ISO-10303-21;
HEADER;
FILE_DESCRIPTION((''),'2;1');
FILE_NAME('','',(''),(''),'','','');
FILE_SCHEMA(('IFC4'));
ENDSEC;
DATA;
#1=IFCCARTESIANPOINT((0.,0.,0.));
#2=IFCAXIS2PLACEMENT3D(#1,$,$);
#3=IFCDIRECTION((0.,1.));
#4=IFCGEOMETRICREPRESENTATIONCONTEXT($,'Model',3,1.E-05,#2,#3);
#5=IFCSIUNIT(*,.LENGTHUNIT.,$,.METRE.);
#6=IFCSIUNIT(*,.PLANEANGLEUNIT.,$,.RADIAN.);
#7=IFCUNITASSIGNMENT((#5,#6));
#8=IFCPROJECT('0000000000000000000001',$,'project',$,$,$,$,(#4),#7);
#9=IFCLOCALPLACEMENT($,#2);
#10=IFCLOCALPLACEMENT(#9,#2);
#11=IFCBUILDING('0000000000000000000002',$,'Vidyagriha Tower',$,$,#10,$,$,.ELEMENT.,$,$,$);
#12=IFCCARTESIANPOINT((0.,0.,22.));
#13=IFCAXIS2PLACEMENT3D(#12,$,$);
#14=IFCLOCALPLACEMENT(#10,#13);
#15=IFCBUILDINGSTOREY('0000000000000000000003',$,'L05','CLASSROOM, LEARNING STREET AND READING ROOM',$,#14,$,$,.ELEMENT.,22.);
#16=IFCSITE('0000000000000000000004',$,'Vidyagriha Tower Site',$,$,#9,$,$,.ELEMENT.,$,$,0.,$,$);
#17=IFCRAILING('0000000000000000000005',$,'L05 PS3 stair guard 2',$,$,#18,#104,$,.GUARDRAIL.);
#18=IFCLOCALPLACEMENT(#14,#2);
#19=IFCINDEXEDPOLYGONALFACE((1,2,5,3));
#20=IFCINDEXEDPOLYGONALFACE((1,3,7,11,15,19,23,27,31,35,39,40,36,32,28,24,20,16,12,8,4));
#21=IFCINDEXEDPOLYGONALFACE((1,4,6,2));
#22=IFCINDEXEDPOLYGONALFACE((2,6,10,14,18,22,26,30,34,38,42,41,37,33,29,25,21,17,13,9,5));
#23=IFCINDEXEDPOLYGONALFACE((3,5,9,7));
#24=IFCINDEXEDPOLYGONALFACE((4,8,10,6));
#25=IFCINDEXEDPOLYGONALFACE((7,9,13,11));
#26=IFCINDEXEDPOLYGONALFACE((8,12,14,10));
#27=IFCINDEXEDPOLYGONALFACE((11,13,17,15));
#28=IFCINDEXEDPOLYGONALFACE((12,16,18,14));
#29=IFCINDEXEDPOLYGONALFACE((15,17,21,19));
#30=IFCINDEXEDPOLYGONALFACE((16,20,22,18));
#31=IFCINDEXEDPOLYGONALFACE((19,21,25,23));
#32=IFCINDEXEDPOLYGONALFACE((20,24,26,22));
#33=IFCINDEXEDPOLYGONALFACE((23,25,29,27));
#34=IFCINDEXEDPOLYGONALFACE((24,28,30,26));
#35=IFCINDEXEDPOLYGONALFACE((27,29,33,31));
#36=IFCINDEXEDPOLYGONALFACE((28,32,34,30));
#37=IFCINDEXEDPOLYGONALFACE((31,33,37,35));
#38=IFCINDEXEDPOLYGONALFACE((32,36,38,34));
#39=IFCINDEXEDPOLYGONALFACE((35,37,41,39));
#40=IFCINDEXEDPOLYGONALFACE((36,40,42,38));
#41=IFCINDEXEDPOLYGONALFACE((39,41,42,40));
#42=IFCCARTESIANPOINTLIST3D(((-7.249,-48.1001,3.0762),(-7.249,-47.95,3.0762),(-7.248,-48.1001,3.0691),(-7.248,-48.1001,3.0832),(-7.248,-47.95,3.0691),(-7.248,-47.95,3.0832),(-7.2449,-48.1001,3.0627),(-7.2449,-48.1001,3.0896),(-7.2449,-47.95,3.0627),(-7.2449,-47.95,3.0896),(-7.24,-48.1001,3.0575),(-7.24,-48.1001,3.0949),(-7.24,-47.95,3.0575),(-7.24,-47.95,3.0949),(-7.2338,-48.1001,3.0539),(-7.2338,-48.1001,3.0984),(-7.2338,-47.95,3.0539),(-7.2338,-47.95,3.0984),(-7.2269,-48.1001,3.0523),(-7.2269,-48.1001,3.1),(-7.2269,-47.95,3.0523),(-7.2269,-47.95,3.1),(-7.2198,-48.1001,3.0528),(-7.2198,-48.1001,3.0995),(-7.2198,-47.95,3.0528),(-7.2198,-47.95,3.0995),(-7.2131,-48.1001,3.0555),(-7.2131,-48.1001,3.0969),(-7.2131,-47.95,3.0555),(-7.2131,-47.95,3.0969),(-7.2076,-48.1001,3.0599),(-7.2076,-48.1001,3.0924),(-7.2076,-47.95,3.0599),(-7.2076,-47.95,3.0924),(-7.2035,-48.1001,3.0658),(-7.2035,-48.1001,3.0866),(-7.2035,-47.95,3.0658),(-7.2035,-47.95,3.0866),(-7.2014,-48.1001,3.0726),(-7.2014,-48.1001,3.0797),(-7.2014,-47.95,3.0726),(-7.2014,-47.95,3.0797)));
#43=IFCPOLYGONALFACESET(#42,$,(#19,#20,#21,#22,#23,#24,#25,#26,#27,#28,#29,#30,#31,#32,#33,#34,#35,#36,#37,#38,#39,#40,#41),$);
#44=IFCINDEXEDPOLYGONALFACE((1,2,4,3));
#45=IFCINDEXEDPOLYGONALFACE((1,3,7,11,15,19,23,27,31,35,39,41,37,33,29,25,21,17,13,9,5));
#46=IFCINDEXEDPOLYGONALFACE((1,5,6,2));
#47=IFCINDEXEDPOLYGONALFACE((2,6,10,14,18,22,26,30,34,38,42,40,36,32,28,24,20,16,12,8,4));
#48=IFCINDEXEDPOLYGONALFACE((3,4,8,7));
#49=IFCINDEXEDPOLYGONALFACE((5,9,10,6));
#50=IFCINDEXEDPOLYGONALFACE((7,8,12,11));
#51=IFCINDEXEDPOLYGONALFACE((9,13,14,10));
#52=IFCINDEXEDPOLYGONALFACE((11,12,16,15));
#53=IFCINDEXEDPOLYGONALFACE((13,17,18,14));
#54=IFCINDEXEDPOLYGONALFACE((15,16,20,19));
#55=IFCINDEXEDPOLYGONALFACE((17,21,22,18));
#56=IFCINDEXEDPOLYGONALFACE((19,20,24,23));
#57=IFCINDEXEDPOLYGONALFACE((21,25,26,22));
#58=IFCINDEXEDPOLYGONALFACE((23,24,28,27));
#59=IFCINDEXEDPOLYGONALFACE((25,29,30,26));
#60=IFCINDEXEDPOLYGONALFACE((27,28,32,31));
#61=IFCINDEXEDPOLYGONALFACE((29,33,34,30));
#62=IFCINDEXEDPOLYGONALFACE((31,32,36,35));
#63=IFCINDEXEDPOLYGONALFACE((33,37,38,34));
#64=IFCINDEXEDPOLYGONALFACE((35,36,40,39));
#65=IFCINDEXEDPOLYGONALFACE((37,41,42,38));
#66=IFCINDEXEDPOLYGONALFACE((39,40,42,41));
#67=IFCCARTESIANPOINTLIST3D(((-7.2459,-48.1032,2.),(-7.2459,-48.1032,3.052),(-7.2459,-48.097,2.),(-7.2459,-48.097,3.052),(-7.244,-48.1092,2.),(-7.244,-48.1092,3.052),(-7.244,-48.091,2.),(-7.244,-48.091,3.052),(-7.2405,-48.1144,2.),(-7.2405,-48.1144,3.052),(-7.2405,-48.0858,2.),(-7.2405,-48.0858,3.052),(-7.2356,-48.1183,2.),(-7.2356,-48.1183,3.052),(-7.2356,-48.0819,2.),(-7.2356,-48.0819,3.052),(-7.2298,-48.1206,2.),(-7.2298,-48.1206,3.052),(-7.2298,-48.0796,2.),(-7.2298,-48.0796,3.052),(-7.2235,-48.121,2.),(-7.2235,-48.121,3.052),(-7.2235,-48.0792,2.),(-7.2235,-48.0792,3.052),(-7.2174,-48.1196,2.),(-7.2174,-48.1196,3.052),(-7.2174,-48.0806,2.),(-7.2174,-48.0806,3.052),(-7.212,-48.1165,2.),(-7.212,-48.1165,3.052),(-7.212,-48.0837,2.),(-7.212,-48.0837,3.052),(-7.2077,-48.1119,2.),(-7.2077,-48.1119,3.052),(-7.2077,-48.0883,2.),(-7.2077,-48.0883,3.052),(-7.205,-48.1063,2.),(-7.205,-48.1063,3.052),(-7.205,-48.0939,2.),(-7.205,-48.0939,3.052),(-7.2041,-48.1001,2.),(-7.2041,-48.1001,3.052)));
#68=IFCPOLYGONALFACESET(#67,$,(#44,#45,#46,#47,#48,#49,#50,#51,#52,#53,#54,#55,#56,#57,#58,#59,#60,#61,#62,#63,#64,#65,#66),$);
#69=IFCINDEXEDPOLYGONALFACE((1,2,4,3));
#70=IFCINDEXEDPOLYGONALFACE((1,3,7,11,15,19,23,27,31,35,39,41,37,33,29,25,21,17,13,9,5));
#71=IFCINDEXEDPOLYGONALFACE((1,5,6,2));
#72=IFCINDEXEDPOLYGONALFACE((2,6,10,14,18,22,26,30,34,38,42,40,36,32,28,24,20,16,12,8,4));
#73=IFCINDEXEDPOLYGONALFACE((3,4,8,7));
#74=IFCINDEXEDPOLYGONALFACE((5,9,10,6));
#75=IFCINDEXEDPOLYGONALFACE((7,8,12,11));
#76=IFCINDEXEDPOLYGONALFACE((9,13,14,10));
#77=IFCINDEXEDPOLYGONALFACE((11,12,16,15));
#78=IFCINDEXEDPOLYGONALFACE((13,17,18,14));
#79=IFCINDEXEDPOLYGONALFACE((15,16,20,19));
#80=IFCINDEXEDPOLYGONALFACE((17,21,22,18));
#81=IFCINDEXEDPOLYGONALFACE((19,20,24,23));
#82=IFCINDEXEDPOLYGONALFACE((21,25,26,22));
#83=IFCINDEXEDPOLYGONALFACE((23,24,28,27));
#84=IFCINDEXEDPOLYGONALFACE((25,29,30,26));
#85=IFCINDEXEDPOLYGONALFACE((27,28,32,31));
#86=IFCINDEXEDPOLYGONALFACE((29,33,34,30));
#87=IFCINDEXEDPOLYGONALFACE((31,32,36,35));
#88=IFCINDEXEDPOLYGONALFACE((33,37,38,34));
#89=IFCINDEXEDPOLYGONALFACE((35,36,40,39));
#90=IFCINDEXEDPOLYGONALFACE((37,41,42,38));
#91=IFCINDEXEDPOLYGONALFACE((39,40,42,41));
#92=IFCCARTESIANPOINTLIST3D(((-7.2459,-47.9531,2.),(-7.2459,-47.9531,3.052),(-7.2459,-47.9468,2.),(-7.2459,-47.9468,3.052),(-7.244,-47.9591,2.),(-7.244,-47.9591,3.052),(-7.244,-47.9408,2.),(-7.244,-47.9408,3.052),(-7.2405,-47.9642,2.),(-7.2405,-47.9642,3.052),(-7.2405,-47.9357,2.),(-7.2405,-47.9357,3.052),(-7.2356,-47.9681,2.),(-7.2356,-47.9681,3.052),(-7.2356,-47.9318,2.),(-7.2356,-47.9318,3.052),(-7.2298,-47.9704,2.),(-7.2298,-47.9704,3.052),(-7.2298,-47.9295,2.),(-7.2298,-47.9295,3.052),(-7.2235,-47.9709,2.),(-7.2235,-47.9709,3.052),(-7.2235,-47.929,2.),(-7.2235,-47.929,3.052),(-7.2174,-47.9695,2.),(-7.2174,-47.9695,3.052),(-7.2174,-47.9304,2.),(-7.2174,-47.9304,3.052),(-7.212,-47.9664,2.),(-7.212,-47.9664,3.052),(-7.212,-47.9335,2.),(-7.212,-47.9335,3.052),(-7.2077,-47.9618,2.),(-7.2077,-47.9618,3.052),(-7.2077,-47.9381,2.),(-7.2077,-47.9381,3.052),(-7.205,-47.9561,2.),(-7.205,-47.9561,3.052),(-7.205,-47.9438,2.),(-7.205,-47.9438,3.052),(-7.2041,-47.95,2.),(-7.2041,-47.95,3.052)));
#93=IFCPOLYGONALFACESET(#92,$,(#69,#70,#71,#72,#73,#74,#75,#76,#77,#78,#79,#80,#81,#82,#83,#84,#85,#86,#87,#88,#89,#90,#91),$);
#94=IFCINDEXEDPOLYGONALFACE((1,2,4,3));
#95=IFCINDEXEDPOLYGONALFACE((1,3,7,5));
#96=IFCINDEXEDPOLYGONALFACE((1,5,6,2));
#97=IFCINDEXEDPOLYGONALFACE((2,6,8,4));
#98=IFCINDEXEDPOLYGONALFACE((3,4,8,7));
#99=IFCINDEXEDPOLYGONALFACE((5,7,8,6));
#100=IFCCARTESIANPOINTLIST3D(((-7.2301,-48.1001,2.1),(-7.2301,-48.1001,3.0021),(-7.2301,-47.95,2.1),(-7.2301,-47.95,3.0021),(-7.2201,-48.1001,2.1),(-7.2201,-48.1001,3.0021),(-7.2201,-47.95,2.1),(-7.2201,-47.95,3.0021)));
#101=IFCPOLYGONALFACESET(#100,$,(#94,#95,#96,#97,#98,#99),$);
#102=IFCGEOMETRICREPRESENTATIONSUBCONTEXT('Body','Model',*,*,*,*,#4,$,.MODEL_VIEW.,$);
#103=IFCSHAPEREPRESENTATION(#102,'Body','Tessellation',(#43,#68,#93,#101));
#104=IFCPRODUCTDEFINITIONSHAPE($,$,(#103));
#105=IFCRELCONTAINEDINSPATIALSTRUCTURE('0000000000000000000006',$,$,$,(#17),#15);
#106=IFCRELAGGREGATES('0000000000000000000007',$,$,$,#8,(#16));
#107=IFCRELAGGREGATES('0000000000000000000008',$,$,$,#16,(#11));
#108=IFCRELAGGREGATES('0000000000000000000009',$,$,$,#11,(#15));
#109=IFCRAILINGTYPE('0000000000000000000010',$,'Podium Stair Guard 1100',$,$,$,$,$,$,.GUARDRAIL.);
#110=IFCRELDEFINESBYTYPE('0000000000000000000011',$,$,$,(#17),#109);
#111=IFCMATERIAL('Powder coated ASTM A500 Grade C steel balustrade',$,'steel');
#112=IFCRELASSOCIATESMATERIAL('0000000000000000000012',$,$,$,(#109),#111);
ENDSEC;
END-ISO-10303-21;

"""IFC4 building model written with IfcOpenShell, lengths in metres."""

from ifc_helpers import new_model, si_unit, direction, frame, origin, origin_2d, place, context, subcontext, project, spatial, rectangle, circle, extrude, material, type_object, element, save


model = new_model("IFC4")

# Units and contexts
model_context = context("Model", 3, precision=1e-05, world=origin(), true_north=direction((0.0, 1.0)))
body_context = subcontext(model_context, "Body", "Model", "MODEL_VIEW")
ifc_project = project(units=[si_unit("LENGTHUNIT", "METRE"), si_unit("PLANEANGLEUNIT", "RADIAN")], contexts=[model_context])

# Site, building, storey
site_placement = place(None, origin())
site = spatial("IfcSite", under=ifc_project, at=site_placement, Name="Vidyagriha Tower Site", CompositionType="ELEMENT", RefElevation=0.0)
building_placement = place(site_placement, origin())
building = spatial("IfcBuilding", under=site, at=building_placement, Name="Vidyagriha Tower", CompositionType="ELEMENT")
storey_placement = place(building_placement, frame((0.0, 0.0, 22.0)))
storey = spatial("IfcBuildingStorey", under=building, at=storey_placement, Name="L05", Description="CLASSROOM, LEARNING STREET AND READING ROOM", CompositionType="ELEMENT", Elevation=22.0)

# Railing
ifc_material_1 = material(Name="Powder coated ASTM A500 Grade C steel balustrade", Category="steel")
railing_type_1 = type_object("IfcRailingType", Name="Podium Stair Guard 1100", PredefinedType="GUARDRAIL", material=ifc_material_1)
railing_1_placement = place(storey_placement, frame((-7.2251, -48.1001, 2.0)))
element("IfcRailing", 1, at=railing_1_placement, inside=storey, type_object=railing_type_1, Name="L05 PS3 stair guard 2", PredefinedType="GUARDRAIL", context=body_context, shape_type="SweptSolid", body=[
    extrude(circle(Radius=0.0239, at=origin_2d()), frame((0.0, 0.0, 1.0762), z_axis=(0.0, 1.0, 0.0), x_axis=(-1.0, 0.0, 0.0)), (0.0, 0.0, 1.0), 0.1501),
    extrude(circle(Radius=0.021, at=origin_2d()), origin(), (0.0, 0.0, 1.0), 1.052),
    extrude(circle(Radius=0.021, at=origin_2d()), frame((0.0, 0.1501, 0.0)), (0.0, 0.0, 1.0), 1.052),
    extrude(rectangle(XDim=0.01, YDim=0.9021, at=origin_2d()), frame((0.0, 0.0, 0.551), z_axis=(0.0, 1.0, 0.0), x_axis=(-1.0, 0.0, 0.0)), (0.0, 0.0, 1.0), 0.1501),
])

save(model, "model.ifc")
